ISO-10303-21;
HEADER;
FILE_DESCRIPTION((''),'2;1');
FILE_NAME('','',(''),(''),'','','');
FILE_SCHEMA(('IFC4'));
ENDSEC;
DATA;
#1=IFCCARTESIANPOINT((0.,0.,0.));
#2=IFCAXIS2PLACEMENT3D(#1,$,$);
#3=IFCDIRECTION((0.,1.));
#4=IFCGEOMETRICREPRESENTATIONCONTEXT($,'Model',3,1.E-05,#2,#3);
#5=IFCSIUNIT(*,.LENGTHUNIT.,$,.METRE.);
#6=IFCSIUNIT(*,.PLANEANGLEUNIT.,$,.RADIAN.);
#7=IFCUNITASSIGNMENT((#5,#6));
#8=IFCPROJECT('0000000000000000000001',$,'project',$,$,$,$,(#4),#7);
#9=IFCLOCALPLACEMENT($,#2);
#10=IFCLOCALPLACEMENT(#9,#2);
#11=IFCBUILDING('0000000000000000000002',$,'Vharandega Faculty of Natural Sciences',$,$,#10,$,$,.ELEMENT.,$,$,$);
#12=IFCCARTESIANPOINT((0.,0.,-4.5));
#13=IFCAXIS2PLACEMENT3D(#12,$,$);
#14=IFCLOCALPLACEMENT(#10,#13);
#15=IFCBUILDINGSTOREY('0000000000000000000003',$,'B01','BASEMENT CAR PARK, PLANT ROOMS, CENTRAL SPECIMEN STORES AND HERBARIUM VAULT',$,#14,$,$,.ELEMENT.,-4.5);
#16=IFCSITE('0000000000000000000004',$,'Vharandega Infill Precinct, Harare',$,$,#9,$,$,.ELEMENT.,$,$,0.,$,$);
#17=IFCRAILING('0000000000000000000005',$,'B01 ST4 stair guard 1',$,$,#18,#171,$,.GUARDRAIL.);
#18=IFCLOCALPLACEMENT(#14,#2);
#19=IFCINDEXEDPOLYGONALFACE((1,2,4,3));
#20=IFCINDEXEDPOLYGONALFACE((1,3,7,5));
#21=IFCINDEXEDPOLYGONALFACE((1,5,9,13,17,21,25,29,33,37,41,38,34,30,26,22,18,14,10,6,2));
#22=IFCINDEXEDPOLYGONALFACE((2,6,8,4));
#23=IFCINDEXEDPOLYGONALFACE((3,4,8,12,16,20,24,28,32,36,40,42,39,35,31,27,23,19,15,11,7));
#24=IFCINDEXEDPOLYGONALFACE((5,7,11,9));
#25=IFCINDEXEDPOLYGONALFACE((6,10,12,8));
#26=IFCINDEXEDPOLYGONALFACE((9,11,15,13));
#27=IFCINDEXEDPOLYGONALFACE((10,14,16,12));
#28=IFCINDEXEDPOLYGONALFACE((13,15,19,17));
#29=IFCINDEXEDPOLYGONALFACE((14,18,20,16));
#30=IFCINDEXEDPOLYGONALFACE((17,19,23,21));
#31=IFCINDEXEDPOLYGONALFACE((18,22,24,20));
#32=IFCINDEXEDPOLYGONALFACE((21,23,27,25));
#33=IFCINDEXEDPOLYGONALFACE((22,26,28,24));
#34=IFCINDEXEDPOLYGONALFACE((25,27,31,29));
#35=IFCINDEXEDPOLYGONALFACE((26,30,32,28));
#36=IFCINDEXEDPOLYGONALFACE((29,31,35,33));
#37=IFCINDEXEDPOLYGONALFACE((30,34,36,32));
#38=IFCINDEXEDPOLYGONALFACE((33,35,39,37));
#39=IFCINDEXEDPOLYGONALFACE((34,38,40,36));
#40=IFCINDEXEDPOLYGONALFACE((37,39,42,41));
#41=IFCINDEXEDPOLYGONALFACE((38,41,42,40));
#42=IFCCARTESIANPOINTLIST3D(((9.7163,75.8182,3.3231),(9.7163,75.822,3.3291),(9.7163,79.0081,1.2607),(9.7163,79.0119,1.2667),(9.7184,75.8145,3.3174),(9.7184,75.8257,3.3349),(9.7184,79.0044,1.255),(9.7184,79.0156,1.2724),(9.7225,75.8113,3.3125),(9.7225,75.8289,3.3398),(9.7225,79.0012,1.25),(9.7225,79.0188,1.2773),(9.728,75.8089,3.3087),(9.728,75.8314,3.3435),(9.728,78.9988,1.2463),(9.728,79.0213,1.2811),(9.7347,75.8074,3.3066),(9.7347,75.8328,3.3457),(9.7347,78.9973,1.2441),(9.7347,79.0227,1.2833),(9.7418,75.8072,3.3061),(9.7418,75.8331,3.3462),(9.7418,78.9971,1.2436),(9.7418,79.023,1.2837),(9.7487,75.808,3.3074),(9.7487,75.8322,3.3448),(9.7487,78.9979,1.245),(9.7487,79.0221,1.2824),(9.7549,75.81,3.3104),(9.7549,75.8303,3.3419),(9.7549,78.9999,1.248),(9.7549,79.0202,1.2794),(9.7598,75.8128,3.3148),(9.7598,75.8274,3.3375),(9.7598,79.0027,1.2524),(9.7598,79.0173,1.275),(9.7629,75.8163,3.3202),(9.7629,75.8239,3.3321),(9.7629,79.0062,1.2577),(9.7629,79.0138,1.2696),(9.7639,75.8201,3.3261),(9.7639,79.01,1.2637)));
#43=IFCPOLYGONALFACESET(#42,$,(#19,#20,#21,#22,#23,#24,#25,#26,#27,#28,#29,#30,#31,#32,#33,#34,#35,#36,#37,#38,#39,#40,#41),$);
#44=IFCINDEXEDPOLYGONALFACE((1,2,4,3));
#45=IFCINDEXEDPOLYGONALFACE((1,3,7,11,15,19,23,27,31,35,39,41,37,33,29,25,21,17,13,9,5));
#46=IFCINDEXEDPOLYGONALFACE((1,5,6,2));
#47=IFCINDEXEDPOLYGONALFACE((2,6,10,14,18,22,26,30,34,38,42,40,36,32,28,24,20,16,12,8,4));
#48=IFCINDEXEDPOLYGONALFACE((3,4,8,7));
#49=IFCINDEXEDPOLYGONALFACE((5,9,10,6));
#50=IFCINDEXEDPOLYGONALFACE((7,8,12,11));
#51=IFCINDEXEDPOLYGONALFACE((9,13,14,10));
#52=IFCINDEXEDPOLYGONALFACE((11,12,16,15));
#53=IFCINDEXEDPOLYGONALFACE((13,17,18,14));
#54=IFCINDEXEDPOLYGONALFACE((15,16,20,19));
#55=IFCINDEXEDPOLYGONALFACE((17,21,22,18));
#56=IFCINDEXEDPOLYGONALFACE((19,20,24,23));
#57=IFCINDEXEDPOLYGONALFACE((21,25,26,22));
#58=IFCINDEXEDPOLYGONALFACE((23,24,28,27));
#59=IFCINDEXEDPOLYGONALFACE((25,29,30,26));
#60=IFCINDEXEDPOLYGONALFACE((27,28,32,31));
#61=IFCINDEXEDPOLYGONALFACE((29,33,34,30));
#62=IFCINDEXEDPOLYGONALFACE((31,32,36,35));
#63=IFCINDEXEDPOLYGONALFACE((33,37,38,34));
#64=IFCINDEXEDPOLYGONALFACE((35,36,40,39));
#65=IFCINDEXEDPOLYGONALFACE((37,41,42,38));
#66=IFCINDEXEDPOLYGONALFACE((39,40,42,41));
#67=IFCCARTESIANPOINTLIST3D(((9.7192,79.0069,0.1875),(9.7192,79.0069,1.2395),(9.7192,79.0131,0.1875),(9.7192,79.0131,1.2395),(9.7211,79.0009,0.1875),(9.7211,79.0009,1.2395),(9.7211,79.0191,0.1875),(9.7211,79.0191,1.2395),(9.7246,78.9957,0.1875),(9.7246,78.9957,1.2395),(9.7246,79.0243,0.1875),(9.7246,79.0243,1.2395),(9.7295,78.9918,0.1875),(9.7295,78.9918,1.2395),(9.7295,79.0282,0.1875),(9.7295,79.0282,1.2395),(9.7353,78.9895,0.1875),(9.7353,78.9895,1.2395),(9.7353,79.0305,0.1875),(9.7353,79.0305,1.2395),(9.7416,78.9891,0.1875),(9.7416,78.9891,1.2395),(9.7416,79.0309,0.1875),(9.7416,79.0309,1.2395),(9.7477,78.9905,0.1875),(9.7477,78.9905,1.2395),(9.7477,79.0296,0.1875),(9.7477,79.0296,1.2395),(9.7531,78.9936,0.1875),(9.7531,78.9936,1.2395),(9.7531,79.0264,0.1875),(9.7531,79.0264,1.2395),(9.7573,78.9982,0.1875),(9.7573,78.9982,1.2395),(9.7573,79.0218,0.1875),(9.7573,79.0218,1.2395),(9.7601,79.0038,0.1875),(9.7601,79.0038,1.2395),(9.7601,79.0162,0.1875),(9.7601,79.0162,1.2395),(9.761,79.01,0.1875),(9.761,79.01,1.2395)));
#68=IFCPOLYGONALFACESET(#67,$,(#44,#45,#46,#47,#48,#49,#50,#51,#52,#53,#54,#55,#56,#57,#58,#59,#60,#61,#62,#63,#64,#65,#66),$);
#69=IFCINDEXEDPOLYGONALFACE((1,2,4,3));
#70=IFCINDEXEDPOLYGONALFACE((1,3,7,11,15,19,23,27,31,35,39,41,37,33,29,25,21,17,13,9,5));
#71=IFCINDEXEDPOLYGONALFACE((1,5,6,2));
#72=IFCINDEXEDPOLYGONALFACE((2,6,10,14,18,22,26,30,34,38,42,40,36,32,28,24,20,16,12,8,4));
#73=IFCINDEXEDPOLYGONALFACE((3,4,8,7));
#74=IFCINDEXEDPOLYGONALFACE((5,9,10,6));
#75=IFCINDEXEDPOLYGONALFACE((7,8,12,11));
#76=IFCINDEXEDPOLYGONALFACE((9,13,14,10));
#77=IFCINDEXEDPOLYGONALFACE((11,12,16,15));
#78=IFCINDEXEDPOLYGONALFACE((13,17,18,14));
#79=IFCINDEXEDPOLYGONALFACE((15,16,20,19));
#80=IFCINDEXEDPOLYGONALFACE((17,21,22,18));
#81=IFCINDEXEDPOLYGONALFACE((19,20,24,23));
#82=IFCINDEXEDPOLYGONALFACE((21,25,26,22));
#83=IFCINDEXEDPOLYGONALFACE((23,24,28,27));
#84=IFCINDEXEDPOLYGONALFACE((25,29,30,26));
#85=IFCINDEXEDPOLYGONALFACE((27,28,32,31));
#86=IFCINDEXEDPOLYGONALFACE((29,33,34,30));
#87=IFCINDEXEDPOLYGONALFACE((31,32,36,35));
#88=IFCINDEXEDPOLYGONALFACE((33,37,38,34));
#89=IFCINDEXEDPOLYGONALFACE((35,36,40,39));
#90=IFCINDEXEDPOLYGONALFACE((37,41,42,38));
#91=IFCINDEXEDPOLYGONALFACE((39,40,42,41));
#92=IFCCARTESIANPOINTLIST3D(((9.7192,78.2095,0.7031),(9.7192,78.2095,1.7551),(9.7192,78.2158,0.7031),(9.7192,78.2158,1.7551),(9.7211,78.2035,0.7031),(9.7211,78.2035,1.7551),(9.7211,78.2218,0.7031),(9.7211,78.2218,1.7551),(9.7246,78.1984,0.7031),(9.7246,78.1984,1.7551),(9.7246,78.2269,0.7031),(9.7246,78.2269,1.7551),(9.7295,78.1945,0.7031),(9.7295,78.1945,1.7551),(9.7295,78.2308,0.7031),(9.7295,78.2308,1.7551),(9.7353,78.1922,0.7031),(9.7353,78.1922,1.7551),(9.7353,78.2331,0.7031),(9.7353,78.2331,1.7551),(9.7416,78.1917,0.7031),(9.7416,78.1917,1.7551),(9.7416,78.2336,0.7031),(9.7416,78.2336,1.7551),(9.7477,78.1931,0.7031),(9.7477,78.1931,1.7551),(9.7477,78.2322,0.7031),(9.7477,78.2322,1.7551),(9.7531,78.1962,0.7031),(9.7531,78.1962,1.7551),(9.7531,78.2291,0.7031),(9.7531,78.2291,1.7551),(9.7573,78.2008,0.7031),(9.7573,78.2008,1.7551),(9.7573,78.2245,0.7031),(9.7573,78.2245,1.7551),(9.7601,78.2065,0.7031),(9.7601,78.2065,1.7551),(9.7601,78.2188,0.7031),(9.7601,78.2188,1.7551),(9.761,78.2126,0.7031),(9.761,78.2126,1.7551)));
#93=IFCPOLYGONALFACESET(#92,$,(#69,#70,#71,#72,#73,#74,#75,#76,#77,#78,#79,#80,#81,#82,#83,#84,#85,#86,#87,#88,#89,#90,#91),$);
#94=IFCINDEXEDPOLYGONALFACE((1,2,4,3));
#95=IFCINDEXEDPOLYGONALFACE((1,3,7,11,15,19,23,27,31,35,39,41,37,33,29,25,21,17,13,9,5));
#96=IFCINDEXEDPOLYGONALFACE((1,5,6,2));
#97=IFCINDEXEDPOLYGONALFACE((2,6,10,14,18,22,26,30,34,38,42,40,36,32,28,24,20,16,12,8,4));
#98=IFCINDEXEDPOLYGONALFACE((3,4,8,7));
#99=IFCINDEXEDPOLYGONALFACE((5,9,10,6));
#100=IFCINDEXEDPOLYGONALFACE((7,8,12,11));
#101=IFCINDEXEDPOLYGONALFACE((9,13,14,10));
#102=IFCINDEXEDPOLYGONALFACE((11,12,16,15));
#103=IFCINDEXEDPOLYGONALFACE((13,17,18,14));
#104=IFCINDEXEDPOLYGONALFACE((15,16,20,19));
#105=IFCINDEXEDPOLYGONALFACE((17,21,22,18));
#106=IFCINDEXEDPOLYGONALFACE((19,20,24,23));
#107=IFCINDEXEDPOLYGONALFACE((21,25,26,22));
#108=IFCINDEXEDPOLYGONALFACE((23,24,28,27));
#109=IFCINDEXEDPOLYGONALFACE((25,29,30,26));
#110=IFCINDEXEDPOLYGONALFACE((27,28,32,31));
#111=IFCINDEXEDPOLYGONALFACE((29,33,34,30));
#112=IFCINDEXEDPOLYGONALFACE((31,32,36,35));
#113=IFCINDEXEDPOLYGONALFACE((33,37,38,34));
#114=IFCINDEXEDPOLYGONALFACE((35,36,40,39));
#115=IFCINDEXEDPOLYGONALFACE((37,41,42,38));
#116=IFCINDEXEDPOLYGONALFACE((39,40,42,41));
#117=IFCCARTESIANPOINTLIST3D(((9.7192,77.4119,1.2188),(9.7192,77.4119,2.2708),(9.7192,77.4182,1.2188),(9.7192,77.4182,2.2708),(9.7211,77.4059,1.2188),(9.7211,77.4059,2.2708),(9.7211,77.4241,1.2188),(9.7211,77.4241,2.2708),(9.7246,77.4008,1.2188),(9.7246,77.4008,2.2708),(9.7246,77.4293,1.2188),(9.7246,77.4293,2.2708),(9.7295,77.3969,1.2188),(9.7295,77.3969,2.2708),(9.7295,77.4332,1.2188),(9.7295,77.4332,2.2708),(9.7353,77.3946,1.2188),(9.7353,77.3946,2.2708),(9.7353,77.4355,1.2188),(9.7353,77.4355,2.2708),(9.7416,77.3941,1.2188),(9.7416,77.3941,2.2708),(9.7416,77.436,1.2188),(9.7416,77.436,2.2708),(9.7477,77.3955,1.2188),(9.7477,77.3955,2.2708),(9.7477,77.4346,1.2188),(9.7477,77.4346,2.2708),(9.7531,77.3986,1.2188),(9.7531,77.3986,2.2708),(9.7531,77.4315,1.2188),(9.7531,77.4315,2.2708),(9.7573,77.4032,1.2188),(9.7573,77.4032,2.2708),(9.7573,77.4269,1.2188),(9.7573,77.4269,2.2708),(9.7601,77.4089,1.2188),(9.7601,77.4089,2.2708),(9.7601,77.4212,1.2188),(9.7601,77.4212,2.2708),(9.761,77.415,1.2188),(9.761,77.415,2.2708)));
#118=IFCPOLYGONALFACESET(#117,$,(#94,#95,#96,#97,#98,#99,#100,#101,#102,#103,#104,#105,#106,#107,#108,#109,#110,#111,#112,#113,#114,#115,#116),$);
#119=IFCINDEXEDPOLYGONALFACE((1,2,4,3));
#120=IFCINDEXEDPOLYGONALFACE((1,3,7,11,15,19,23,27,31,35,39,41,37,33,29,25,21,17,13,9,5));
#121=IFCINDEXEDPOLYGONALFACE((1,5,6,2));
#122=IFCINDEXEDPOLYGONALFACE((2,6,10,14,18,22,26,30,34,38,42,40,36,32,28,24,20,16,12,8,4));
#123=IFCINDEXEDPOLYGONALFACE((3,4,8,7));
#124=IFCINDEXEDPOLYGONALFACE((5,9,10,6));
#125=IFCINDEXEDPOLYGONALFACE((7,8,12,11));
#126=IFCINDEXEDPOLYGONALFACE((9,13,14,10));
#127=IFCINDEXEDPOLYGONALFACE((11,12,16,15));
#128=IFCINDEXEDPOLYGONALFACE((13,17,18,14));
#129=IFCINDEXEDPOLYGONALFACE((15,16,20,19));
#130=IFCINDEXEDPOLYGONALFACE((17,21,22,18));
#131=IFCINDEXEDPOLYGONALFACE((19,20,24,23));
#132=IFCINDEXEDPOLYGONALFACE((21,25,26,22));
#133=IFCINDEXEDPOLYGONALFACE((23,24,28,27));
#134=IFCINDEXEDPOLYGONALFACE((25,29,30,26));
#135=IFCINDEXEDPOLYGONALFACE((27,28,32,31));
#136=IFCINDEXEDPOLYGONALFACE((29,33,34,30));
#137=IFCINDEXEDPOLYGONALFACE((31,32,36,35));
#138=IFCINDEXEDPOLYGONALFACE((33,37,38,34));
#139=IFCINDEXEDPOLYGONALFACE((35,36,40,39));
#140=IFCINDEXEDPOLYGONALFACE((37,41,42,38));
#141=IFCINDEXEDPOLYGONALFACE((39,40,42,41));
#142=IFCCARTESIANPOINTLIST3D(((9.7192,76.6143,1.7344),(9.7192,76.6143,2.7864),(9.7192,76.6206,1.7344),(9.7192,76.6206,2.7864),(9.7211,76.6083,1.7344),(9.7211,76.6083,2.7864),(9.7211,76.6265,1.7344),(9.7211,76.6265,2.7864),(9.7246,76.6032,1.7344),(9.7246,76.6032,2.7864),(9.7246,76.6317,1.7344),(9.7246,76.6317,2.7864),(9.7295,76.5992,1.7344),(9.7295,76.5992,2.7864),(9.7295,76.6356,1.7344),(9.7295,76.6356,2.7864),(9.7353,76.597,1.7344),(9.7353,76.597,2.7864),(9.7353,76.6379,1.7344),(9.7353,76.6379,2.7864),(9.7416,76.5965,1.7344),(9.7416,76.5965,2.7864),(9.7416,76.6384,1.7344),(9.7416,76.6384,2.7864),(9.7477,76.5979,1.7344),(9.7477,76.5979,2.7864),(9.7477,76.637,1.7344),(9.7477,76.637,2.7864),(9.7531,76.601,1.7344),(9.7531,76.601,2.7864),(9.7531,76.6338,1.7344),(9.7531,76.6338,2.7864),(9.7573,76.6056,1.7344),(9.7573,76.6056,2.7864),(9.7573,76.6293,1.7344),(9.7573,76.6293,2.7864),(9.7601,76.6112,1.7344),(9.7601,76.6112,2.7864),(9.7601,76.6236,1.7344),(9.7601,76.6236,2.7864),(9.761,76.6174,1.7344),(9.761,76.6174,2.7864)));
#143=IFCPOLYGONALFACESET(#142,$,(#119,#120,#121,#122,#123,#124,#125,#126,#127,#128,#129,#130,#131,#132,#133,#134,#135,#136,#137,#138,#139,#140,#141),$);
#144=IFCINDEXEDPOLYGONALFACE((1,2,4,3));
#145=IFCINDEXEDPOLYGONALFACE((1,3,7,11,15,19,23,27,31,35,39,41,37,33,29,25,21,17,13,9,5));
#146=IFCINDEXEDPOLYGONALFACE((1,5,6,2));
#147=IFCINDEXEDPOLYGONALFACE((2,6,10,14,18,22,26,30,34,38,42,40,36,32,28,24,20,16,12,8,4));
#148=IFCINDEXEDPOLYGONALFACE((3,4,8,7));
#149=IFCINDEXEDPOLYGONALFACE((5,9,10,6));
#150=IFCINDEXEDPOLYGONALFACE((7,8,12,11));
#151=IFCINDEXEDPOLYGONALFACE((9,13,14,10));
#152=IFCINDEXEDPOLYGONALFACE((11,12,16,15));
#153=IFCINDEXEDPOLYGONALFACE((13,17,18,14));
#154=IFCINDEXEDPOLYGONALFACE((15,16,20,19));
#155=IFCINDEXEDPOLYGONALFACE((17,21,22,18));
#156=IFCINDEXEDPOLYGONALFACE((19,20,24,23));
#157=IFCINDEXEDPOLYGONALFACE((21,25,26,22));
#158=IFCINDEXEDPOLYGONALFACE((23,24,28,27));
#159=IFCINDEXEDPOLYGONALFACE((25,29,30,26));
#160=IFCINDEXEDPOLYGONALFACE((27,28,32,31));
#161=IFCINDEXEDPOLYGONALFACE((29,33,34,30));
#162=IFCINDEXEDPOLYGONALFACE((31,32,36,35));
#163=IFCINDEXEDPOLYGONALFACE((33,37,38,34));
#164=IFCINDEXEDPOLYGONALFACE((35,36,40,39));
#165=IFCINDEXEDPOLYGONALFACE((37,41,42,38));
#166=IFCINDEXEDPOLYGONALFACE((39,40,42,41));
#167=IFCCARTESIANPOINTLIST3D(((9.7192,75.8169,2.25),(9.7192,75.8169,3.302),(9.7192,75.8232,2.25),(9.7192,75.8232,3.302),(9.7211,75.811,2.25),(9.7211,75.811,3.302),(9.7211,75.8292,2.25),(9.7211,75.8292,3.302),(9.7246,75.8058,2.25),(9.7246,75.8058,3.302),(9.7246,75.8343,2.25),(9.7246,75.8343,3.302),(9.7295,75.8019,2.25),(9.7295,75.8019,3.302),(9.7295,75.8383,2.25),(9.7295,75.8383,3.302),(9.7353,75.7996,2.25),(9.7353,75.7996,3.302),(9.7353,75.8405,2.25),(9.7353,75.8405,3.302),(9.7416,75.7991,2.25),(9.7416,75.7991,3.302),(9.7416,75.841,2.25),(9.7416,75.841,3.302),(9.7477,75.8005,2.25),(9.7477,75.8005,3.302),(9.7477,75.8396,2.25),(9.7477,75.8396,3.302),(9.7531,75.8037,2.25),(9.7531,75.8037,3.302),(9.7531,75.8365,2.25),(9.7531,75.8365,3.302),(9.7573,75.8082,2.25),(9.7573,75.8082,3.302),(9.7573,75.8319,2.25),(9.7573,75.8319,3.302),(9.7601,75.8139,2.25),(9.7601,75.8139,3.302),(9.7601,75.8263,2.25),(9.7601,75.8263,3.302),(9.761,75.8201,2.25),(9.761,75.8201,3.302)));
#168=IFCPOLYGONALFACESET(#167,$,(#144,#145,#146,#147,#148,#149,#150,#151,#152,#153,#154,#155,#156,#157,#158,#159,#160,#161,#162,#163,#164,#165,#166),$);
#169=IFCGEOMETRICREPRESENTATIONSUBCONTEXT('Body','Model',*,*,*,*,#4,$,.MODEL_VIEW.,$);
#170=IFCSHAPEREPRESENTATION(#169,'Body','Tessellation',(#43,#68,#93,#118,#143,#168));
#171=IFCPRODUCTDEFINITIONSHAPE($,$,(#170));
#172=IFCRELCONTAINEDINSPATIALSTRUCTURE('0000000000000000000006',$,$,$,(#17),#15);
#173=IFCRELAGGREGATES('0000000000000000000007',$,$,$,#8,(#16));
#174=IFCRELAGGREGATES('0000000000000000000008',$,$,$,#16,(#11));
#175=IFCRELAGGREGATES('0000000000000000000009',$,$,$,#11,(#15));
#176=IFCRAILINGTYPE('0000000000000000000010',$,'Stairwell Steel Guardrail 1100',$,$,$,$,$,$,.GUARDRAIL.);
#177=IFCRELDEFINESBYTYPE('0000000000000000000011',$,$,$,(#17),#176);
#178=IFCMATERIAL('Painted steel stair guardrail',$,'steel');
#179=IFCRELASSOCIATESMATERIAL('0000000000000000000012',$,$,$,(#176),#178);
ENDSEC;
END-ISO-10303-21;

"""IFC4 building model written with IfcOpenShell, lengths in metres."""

from ifc_helpers import new_model, si_unit, direction, frame, origin, origin_2d, place, context, subcontext, project, spatial, circle, extrude, material, type_object, element, save


model = new_model("IFC4")

# Units and contexts
model_context = context("Model", 3, precision=1e-05, world=origin(), true_north=direction((0.0, 1.0)))
body_context = subcontext(model_context, "Body", "Model", "MODEL_VIEW")
ifc_project = project(units=[si_unit("LENGTHUNIT", "METRE"), si_unit("PLANEANGLEUNIT", "RADIAN")], contexts=[model_context])

# Site, building, storey
site_placement = place(None, origin())
site = spatial("IfcSite", under=ifc_project, at=site_placement, Name="Vharandega Infill Precinct, Harare", CompositionType="ELEMENT", RefElevation=0.0)
building_placement = place(site_placement, origin())
building = spatial("IfcBuilding", under=site, at=building_placement, Name="Vharandega Faculty of Natural Sciences", CompositionType="ELEMENT")
storey_placement = place(building_placement, frame((0.0, 0.0, -4.5)))
storey = spatial("IfcBuildingStorey", under=building, at=storey_placement, Name="B01", Description="BASEMENT CAR PARK, PLANT ROOMS, CENTRAL SPECIMEN STORES AND HERBARIUM VAULT", CompositionType="ELEMENT", Elevation=-4.5)

# Railing
ifc_material_1 = material(Name="Painted steel stair guardrail", Category="steel")
railing_type_1 = type_object("IfcRailingType", Name="Stairwell Steel Guardrail 1100", PredefinedType="GUARDRAIL", material=ifc_material_1)
railing_1_placement = place(storey_placement, frame((9.74, 79.01, 0.1875)))
element("IfcRailing", 1, at=railing_1_placement, inside=storey, type_object=railing_type_1, Name="B01 ST4 stair guard 1", PredefinedType="GUARDRAIL", context=body_context, shape_type="SweptSolid", body=[
    extrude(circle(Radius=0.0239, at=origin_2d()), frame((0.0, 0.0, 1.0762), z_axis=(0.0, -0.83976, 0.542958), x_axis=(1.0, 0.0, 0.0)), (0.0, 0.0, 1.0), 3.7986),
    extrude(circle(Radius=0.021, at=origin_2d()), origin(), (0.0, 0.0, 1.0), 1.052),
    extrude(circle(Radius=0.021, at=origin_2d()), frame((0.0, -0.7974, 0.5156)), (0.0, 0.0, 1.0), 1.052),
    extrude(circle(Radius=0.021, at=origin_2d()), frame((0.0, -1.595, 1.0312)), (0.0, 0.0, 1.0), 1.052),
    extrude(circle(Radius=0.021, at=origin_2d()), frame((0.0, -2.3926, 1.5469)), (0.0, 0.0, 1.0), 1.052),
    extrude(circle(Radius=0.021, at=origin_2d()), frame((0.0, -3.1899, 2.0625)), (0.0, 0.0, 1.0), 1.052),
])

save(model, "model.ifc")
